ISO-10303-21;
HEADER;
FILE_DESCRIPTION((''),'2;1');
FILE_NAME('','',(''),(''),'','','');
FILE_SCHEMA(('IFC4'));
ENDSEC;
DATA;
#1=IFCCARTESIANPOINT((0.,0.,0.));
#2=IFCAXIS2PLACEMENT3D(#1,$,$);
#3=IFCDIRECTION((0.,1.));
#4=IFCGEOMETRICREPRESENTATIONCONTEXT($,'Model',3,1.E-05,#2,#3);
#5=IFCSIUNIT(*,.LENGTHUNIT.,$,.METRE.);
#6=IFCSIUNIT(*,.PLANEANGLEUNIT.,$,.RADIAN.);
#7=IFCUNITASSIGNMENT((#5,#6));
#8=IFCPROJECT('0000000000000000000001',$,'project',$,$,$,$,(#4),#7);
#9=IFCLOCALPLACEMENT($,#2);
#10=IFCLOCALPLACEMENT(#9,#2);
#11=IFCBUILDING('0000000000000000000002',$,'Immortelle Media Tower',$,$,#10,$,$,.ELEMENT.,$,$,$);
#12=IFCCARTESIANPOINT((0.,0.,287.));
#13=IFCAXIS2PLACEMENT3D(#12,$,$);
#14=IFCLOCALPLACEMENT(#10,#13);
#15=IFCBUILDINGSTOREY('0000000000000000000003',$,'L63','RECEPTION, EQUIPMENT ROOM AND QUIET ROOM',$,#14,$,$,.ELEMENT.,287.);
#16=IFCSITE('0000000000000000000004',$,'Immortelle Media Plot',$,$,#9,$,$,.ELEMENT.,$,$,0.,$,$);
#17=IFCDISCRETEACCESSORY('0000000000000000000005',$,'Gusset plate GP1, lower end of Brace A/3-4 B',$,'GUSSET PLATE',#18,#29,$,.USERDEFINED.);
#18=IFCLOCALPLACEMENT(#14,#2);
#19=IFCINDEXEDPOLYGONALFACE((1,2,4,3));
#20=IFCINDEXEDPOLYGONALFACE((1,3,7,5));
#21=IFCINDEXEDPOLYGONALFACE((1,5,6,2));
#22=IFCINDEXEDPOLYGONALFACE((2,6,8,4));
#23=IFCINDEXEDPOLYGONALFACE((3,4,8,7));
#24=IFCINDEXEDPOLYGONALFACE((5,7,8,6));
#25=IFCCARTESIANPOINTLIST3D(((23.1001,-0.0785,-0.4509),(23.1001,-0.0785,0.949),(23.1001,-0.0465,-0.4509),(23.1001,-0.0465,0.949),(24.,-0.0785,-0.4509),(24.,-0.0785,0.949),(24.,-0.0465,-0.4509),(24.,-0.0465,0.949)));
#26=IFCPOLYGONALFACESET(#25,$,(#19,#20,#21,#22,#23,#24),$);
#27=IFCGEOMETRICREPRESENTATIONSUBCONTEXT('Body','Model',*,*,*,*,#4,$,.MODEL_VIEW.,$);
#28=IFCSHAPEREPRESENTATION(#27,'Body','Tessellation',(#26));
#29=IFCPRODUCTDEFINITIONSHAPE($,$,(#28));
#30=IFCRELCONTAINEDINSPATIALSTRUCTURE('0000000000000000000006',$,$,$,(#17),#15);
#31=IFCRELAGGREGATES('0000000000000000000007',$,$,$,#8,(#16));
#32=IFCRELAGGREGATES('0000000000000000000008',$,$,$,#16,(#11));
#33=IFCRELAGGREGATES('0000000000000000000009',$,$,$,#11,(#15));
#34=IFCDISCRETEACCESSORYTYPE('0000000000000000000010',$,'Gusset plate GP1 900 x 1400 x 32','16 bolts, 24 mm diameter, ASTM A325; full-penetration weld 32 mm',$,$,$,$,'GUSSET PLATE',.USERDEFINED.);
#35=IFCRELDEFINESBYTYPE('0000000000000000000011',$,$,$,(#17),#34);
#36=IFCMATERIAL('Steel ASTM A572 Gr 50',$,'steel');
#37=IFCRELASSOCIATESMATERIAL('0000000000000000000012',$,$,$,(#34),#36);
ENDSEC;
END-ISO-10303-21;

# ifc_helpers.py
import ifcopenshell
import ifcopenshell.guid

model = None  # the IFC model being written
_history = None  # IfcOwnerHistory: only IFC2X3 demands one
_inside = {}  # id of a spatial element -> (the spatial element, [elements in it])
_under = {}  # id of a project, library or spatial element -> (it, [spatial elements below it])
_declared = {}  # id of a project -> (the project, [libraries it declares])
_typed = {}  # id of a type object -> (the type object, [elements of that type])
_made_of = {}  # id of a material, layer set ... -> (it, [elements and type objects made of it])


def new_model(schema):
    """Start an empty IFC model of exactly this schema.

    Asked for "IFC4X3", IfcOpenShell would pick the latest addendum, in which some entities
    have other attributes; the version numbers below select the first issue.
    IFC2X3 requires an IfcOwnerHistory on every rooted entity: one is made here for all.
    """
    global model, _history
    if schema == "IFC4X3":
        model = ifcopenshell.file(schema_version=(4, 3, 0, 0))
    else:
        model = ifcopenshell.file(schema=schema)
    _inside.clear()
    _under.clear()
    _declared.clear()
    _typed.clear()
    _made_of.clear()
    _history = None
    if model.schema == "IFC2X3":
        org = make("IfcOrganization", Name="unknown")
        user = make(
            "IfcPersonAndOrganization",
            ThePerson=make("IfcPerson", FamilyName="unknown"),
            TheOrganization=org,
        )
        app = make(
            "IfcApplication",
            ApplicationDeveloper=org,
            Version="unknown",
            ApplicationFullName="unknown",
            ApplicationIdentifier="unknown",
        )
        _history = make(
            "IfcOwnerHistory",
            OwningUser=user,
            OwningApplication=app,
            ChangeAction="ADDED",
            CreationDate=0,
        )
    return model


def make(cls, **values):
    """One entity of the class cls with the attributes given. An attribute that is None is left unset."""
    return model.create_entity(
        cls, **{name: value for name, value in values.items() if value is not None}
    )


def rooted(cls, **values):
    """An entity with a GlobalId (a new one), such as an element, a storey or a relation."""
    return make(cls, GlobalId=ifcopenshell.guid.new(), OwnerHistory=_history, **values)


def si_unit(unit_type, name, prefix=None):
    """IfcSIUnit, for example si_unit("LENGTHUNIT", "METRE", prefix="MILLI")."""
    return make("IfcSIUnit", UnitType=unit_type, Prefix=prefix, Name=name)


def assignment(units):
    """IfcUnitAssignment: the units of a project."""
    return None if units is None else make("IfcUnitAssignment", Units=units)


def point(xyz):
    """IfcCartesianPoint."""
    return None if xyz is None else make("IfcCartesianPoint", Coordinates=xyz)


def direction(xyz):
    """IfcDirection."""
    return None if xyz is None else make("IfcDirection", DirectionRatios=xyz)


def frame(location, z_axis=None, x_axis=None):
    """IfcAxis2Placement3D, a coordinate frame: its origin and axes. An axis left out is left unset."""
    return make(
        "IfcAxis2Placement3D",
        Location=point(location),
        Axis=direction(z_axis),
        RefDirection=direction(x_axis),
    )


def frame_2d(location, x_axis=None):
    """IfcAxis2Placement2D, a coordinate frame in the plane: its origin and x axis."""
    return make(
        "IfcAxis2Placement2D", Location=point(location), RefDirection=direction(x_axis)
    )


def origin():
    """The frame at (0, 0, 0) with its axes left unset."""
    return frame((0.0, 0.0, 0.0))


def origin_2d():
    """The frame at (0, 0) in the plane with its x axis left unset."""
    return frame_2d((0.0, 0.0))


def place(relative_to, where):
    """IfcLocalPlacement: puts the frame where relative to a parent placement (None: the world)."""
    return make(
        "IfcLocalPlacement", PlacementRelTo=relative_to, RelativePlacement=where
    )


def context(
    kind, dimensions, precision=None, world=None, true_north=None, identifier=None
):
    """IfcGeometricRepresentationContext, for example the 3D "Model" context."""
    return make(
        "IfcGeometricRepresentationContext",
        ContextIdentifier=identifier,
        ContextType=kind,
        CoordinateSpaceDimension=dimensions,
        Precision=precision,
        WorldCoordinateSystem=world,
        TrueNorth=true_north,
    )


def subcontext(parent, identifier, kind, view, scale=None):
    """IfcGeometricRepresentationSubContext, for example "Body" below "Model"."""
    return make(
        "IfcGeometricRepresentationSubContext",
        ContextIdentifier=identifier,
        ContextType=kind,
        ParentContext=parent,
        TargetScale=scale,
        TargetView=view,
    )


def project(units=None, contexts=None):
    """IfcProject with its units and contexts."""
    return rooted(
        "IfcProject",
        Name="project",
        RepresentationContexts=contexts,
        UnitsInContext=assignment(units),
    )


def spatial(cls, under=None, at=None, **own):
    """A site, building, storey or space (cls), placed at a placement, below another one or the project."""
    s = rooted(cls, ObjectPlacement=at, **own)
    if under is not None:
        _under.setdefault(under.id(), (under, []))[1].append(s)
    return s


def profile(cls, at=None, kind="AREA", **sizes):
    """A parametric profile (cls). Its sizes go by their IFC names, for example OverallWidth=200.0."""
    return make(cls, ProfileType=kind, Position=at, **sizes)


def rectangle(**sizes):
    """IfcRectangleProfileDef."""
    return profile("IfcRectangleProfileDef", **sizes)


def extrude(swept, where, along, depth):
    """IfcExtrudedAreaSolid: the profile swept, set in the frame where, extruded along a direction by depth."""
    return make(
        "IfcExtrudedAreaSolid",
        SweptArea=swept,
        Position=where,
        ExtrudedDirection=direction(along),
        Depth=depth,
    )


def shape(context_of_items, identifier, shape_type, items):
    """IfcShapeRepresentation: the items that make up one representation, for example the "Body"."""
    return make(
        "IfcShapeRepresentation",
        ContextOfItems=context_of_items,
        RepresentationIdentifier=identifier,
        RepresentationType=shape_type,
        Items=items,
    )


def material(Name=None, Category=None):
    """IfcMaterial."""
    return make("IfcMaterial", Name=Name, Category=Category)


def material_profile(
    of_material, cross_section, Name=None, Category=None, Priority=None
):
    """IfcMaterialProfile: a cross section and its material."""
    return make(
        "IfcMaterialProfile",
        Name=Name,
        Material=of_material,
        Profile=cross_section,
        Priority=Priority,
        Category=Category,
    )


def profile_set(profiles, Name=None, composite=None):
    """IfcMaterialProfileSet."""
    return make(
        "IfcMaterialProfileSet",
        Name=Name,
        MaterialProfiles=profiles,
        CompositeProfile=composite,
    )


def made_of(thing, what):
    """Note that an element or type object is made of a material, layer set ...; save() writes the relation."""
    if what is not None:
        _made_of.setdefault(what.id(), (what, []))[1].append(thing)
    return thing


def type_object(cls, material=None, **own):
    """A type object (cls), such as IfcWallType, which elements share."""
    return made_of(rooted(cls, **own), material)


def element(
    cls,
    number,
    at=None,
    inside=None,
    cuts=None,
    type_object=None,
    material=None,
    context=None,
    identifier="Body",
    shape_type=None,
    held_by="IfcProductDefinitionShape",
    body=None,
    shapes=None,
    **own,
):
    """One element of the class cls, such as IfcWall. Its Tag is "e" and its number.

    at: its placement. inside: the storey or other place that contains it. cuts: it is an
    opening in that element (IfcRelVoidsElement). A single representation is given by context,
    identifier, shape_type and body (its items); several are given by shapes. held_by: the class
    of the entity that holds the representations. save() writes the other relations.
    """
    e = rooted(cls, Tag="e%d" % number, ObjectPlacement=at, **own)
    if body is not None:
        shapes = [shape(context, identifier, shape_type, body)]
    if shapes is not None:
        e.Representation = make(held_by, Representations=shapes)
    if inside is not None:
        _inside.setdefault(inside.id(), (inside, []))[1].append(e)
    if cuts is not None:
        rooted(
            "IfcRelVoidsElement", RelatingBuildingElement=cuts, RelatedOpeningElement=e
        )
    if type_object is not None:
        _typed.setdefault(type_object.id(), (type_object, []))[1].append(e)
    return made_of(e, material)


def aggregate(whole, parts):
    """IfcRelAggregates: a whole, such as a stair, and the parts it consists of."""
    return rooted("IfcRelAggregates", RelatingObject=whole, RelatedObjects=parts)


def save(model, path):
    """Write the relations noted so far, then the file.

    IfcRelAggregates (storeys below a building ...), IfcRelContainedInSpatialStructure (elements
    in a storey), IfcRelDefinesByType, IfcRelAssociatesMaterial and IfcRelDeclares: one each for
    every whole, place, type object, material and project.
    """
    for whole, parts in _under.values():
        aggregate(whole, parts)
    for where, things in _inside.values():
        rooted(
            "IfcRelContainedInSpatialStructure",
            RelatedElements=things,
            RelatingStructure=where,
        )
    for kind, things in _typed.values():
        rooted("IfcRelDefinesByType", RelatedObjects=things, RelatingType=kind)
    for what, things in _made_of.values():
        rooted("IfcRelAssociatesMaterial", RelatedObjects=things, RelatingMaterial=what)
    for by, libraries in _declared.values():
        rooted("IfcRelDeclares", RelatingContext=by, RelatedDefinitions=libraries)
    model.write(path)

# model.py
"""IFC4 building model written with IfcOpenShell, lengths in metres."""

from ifc_helpers import new_model, si_unit, direction, frame, origin, origin_2d, place, context, subcontext, project, spatial, rectangle, extrude, material, material_profile, profile_set, type_object, element, save


model = new_model("IFC4")

# Units and contexts
model_context = context("Model", 3, precision=1e-05, world=origin(), true_north=direction((0.0, 1.0)))
body_context = subcontext(model_context, "Body", "Model", "MODEL_VIEW")
ifc_project = project(units=[si_unit("LENGTHUNIT", "METRE"), si_unit("PLANEANGLEUNIT", "RADIAN")], contexts=[model_context])

# Site, building, storey
site_placement = place(None, origin())
site = spatial("IfcSite", under=ifc_project, at=site_placement, Name="Immortelle Media Plot", CompositionType="ELEMENT", RefElevation=0.0)
building_placement = place(site_placement, origin())
building = spatial("IfcBuilding", under=site, at=building_placement, Name="Immortelle Media Tower", CompositionType="ELEMENT")
storey_placement = place(building_placement, frame((0.0, 0.0, 287.0)))
storey = spatial("IfcBuildingStorey", under=building, at=storey_placement, Name="L63", Description="RECEPTION, EQUIPMENT ROOM AND QUIET ROOM", CompositionType="ELEMENT", Elevation=287.0)

# Discrete accessory
ifc_material_1 = material(Name="Steel ASTM A572 Gr 50", Category="steel")
ifc_material_profile_1 = material_profile(ifc_material_1, rectangle(XDim=0.032, YDim=1.3999, at=origin_2d()), Name="PL 32 x 1400")
ifc_profile_set_1 = profile_set([ifc_material_profile_1], Name="Steel ASTM A572 Gr 50")
discrete_accessory_type_1 = type_object("IfcDiscreteAccessoryType", Name="Gusset plate GP1 900 x 1400 x 32", Description="16 bolts, 24 mm diameter, ASTM A325; full-penetration weld 32 mm", ElementType="GUSSET PLATE", PredefinedType="USERDEFINED", material=ifc_profile_set_1)
for number, where, z_axis, x_axis, name in (
    (1, (24.0, -0.0625, 0.249), (-1.0, 0.0, 0.0), (0.0, -1.0, 0.0), "Gusset plate GP1, lower end of Brace A/3-4 B"),
):
    element("IfcDiscreteAccessory", number, at=place(storey_placement, frame(where, z_axis=z_axis, x_axis=x_axis)), inside=storey, type_object=discrete_accessory_type_1, Name=name, ObjectType="GUSSET PLATE", PredefinedType="USERDEFINED", context=body_context, shape_type="SweptSolid", body=[
        extrude(rectangle(XDim=0.032, YDim=1.3999, at=origin_2d()), origin(), (0.0, 0.0, 1.0), 0.8999),
    ])

save(model, "model.ifc")
